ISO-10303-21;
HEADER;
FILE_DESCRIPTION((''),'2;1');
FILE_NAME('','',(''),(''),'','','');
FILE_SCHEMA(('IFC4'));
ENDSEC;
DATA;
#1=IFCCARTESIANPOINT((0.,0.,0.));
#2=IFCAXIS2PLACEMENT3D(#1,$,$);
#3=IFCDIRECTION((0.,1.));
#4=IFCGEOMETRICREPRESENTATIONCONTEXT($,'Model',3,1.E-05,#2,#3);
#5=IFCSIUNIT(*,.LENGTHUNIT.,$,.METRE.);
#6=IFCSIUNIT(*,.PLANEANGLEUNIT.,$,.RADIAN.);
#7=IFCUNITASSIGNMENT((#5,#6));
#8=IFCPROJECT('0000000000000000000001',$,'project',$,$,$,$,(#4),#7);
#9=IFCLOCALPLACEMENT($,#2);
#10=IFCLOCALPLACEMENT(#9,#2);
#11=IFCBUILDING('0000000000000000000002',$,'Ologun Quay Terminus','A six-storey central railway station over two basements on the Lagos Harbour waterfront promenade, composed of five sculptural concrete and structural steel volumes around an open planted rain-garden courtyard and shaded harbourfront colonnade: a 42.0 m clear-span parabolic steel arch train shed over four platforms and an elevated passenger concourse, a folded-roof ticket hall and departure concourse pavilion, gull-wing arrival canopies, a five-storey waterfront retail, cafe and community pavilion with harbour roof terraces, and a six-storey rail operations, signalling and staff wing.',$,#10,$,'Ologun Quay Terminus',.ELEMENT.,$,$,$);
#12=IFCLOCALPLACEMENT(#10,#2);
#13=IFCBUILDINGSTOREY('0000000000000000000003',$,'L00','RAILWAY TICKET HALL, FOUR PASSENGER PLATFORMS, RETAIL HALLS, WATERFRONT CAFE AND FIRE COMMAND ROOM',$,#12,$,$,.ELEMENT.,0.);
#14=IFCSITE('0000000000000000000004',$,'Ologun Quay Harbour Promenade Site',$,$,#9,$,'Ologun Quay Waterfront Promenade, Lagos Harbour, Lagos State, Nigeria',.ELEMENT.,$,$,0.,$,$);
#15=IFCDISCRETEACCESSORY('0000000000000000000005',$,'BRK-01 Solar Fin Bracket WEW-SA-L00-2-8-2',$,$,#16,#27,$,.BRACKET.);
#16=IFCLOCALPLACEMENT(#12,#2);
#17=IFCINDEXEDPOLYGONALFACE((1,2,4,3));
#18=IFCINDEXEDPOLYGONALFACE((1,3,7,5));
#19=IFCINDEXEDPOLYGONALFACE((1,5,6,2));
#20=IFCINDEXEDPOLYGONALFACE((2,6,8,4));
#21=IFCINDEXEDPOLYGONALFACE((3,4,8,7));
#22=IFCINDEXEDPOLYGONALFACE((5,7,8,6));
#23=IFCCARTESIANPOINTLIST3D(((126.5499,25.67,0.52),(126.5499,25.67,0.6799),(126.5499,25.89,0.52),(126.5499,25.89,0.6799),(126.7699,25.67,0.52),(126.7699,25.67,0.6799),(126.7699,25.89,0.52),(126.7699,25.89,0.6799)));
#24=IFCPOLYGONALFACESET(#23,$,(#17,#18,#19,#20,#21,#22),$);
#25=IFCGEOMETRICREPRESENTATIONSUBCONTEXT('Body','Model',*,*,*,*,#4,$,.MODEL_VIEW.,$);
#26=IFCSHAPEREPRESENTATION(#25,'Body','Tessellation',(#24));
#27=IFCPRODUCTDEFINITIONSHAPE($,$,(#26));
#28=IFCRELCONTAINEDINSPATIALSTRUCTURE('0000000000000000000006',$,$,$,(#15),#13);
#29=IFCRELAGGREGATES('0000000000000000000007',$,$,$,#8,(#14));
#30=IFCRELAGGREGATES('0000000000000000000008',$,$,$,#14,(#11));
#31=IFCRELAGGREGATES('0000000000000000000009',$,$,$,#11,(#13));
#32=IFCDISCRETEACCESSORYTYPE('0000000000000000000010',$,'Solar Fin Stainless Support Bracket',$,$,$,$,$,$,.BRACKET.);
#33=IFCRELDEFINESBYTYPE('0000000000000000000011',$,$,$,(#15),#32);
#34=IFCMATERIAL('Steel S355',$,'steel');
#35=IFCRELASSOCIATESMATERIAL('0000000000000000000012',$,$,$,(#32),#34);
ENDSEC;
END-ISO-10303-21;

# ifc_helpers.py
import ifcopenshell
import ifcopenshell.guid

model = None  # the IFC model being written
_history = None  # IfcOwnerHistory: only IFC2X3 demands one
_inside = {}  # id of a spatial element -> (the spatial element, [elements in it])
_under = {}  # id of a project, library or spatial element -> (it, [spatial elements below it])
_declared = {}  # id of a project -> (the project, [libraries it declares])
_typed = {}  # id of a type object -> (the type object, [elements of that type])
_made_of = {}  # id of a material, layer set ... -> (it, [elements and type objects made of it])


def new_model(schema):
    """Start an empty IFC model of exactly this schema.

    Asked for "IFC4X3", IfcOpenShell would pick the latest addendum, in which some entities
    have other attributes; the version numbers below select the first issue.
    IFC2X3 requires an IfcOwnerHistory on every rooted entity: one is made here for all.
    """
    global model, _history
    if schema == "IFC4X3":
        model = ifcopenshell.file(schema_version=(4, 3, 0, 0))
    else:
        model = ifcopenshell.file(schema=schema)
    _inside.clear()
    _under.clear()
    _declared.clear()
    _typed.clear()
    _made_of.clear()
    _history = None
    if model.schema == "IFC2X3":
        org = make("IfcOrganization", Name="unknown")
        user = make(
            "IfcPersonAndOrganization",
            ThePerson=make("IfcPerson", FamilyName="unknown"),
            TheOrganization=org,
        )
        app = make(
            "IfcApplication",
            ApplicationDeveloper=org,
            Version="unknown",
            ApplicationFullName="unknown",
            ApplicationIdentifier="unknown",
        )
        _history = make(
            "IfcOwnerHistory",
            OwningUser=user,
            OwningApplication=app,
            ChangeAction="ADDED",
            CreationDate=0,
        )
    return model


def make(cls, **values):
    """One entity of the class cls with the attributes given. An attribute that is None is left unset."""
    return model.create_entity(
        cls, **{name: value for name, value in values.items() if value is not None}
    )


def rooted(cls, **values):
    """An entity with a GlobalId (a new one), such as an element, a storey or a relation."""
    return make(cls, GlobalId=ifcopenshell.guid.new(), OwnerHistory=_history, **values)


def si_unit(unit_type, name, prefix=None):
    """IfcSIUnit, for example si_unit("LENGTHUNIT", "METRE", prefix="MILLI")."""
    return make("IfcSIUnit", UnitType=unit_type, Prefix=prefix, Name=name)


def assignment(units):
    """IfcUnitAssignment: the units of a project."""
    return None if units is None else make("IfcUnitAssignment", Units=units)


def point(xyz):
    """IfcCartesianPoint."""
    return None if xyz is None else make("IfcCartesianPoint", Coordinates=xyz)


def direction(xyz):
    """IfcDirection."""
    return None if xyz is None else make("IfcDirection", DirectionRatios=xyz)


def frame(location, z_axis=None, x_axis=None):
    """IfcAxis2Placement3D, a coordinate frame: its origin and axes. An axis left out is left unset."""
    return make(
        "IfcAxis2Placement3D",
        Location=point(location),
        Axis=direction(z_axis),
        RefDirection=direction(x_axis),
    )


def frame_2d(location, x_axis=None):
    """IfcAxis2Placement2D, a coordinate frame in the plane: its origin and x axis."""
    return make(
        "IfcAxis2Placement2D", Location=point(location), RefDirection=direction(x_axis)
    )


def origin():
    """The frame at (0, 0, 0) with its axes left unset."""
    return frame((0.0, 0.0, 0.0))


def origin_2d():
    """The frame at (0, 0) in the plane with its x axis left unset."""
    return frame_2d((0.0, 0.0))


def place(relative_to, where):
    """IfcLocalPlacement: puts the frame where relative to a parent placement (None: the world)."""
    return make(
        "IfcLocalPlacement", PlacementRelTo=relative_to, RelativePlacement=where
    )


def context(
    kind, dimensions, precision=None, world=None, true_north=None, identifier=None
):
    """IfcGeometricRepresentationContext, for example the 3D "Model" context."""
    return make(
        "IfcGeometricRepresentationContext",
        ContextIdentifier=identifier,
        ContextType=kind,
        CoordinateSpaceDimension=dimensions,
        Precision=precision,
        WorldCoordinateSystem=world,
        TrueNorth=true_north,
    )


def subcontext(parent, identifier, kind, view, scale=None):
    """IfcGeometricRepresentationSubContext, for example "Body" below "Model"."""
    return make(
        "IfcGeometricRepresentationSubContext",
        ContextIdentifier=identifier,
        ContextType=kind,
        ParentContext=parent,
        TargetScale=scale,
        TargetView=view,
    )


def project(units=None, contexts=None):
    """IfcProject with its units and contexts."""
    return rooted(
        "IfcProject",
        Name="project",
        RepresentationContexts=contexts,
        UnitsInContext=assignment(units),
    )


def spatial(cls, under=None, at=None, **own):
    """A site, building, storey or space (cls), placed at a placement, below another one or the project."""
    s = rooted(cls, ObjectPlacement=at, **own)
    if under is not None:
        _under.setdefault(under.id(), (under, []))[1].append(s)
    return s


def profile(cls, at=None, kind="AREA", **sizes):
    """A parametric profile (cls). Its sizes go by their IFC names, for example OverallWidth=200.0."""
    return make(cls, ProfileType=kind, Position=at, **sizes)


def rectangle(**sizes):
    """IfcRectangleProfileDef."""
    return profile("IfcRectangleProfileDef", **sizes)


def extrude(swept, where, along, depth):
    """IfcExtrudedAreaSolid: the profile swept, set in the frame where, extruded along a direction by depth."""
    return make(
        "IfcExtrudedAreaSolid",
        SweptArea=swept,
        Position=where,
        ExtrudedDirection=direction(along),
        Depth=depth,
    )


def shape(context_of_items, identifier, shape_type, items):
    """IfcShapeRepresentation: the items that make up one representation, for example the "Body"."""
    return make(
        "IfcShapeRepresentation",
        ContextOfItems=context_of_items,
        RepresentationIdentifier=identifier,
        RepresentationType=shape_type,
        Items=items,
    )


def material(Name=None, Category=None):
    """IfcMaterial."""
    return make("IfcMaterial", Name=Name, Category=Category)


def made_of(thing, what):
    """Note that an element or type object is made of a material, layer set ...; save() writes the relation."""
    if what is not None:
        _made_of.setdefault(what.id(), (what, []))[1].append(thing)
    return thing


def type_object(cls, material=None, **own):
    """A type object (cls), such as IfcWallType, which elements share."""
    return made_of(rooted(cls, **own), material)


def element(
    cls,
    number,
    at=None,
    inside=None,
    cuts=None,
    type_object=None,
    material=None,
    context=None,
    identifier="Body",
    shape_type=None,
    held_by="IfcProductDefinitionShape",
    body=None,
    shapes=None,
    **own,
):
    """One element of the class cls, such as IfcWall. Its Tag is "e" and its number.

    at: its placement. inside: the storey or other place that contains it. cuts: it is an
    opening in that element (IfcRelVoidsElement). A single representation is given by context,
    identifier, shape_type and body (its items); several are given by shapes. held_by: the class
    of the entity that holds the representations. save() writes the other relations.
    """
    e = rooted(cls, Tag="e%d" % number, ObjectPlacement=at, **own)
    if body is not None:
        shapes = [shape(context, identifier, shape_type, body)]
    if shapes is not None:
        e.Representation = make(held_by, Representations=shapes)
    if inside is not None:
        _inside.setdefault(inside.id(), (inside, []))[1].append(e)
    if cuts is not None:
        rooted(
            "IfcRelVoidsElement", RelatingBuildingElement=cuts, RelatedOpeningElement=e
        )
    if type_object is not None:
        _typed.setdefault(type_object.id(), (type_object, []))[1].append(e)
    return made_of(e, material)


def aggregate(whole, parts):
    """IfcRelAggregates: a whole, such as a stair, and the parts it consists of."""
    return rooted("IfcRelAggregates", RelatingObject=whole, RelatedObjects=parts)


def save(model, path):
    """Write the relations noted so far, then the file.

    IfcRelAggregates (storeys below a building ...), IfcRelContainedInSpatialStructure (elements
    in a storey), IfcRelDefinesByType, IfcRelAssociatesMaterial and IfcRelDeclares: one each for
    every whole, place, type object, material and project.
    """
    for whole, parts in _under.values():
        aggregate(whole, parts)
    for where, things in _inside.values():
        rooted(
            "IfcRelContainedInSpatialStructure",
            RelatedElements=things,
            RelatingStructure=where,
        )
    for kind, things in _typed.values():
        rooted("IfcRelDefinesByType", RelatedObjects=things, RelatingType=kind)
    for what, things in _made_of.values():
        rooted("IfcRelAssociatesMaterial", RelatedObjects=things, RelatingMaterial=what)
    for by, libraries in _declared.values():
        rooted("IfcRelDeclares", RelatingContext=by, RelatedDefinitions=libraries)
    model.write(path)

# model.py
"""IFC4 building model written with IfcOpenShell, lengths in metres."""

from ifc_helpers import new_model, si_unit, direction, frame, origin, origin_2d, place, context, subcontext, project, spatial, rectangle, extrude, material, type_object, element, save


model = new_model("IFC4")

# Units and contexts
model_context = context("Model", 3, precision=1e-05, world=origin(), true_north=direction((0.0, 1.0)))
body_context = subcontext(model_context, "Body", "Model", "MODEL_VIEW")
ifc_project = project(units=[si_unit("LENGTHUNIT", "METRE"), si_unit("PLANEANGLEUNIT", "RADIAN")], contexts=[model_context])

# Site, building, storey
site_placement = place(None, origin())
site = spatial("IfcSite", under=ifc_project, at=site_placement, Name="Ologun Quay Harbour Promenade Site", LongName="Ologun Quay Waterfront Promenade, Lagos Harbour, Lagos State, Nigeria", CompositionType="ELEMENT", RefElevation=0.0)
building_placement = place(site_placement, origin())
building = spatial("IfcBuilding", under=site, at=building_placement, Name="Ologun Quay Terminus", Description="A six-storey central railway station over two basements on the Lagos Harbour waterfront promenade, composed of five sculptural concrete and structural steel volumes around an open planted rain-garden courtyard and shaded harbourfront colonnade: a 42.0 m clear-span parabolic steel arch train shed over four platforms and an elevated passenger concourse, a folded-roof ticket hall and departure concourse pavilion, gull-wing arrival canopies, a five-storey waterfront retail, cafe and community pavilion with harbour roof terraces, and a six-storey rail operations, signalling and staff wing.", LongName="Ologun Quay Terminus", CompositionType="ELEMENT")
storey_placement = place(building_placement, origin())
storey = spatial("IfcBuildingStorey", under=building, at=storey_placement, Name="L00", Description="RAILWAY TICKET HALL, FOUR PASSENGER PLATFORMS, RETAIL HALLS, WATERFRONT CAFE AND FIRE COMMAND ROOM", CompositionType="ELEMENT", Elevation=0.0)

# Discrete accessory
ifc_material_1 = material(Name="Steel S355", Category="steel")
discrete_accessory_type = type_object("IfcDiscreteAccessoryType", Name="Solar Fin Stainless Support Bracket", PredefinedType="BRACKET", material=ifc_material_1)
discrete_accessory_placement = place(storey_placement, frame((126.6599, 25.78, 0.52), z_axis=(0.0, 0.0, 1.0), x_axis=(1.0, 0.0, 0.0)))
element("IfcDiscreteAccessory", 1, at=discrete_accessory_placement, inside=storey, type_object=discrete_accessory_type, Name="BRK-01 Solar Fin Bracket WEW-SA-L00-2-8-2", PredefinedType="BRACKET", context=body_context, shape_type="SweptSolid", body=[
    extrude(rectangle(XDim=0.22, YDim=0.22, at=origin_2d()), origin(), (0.0, 0.0, 1.0), 0.1599),
])

save(model, "model.ifc")
